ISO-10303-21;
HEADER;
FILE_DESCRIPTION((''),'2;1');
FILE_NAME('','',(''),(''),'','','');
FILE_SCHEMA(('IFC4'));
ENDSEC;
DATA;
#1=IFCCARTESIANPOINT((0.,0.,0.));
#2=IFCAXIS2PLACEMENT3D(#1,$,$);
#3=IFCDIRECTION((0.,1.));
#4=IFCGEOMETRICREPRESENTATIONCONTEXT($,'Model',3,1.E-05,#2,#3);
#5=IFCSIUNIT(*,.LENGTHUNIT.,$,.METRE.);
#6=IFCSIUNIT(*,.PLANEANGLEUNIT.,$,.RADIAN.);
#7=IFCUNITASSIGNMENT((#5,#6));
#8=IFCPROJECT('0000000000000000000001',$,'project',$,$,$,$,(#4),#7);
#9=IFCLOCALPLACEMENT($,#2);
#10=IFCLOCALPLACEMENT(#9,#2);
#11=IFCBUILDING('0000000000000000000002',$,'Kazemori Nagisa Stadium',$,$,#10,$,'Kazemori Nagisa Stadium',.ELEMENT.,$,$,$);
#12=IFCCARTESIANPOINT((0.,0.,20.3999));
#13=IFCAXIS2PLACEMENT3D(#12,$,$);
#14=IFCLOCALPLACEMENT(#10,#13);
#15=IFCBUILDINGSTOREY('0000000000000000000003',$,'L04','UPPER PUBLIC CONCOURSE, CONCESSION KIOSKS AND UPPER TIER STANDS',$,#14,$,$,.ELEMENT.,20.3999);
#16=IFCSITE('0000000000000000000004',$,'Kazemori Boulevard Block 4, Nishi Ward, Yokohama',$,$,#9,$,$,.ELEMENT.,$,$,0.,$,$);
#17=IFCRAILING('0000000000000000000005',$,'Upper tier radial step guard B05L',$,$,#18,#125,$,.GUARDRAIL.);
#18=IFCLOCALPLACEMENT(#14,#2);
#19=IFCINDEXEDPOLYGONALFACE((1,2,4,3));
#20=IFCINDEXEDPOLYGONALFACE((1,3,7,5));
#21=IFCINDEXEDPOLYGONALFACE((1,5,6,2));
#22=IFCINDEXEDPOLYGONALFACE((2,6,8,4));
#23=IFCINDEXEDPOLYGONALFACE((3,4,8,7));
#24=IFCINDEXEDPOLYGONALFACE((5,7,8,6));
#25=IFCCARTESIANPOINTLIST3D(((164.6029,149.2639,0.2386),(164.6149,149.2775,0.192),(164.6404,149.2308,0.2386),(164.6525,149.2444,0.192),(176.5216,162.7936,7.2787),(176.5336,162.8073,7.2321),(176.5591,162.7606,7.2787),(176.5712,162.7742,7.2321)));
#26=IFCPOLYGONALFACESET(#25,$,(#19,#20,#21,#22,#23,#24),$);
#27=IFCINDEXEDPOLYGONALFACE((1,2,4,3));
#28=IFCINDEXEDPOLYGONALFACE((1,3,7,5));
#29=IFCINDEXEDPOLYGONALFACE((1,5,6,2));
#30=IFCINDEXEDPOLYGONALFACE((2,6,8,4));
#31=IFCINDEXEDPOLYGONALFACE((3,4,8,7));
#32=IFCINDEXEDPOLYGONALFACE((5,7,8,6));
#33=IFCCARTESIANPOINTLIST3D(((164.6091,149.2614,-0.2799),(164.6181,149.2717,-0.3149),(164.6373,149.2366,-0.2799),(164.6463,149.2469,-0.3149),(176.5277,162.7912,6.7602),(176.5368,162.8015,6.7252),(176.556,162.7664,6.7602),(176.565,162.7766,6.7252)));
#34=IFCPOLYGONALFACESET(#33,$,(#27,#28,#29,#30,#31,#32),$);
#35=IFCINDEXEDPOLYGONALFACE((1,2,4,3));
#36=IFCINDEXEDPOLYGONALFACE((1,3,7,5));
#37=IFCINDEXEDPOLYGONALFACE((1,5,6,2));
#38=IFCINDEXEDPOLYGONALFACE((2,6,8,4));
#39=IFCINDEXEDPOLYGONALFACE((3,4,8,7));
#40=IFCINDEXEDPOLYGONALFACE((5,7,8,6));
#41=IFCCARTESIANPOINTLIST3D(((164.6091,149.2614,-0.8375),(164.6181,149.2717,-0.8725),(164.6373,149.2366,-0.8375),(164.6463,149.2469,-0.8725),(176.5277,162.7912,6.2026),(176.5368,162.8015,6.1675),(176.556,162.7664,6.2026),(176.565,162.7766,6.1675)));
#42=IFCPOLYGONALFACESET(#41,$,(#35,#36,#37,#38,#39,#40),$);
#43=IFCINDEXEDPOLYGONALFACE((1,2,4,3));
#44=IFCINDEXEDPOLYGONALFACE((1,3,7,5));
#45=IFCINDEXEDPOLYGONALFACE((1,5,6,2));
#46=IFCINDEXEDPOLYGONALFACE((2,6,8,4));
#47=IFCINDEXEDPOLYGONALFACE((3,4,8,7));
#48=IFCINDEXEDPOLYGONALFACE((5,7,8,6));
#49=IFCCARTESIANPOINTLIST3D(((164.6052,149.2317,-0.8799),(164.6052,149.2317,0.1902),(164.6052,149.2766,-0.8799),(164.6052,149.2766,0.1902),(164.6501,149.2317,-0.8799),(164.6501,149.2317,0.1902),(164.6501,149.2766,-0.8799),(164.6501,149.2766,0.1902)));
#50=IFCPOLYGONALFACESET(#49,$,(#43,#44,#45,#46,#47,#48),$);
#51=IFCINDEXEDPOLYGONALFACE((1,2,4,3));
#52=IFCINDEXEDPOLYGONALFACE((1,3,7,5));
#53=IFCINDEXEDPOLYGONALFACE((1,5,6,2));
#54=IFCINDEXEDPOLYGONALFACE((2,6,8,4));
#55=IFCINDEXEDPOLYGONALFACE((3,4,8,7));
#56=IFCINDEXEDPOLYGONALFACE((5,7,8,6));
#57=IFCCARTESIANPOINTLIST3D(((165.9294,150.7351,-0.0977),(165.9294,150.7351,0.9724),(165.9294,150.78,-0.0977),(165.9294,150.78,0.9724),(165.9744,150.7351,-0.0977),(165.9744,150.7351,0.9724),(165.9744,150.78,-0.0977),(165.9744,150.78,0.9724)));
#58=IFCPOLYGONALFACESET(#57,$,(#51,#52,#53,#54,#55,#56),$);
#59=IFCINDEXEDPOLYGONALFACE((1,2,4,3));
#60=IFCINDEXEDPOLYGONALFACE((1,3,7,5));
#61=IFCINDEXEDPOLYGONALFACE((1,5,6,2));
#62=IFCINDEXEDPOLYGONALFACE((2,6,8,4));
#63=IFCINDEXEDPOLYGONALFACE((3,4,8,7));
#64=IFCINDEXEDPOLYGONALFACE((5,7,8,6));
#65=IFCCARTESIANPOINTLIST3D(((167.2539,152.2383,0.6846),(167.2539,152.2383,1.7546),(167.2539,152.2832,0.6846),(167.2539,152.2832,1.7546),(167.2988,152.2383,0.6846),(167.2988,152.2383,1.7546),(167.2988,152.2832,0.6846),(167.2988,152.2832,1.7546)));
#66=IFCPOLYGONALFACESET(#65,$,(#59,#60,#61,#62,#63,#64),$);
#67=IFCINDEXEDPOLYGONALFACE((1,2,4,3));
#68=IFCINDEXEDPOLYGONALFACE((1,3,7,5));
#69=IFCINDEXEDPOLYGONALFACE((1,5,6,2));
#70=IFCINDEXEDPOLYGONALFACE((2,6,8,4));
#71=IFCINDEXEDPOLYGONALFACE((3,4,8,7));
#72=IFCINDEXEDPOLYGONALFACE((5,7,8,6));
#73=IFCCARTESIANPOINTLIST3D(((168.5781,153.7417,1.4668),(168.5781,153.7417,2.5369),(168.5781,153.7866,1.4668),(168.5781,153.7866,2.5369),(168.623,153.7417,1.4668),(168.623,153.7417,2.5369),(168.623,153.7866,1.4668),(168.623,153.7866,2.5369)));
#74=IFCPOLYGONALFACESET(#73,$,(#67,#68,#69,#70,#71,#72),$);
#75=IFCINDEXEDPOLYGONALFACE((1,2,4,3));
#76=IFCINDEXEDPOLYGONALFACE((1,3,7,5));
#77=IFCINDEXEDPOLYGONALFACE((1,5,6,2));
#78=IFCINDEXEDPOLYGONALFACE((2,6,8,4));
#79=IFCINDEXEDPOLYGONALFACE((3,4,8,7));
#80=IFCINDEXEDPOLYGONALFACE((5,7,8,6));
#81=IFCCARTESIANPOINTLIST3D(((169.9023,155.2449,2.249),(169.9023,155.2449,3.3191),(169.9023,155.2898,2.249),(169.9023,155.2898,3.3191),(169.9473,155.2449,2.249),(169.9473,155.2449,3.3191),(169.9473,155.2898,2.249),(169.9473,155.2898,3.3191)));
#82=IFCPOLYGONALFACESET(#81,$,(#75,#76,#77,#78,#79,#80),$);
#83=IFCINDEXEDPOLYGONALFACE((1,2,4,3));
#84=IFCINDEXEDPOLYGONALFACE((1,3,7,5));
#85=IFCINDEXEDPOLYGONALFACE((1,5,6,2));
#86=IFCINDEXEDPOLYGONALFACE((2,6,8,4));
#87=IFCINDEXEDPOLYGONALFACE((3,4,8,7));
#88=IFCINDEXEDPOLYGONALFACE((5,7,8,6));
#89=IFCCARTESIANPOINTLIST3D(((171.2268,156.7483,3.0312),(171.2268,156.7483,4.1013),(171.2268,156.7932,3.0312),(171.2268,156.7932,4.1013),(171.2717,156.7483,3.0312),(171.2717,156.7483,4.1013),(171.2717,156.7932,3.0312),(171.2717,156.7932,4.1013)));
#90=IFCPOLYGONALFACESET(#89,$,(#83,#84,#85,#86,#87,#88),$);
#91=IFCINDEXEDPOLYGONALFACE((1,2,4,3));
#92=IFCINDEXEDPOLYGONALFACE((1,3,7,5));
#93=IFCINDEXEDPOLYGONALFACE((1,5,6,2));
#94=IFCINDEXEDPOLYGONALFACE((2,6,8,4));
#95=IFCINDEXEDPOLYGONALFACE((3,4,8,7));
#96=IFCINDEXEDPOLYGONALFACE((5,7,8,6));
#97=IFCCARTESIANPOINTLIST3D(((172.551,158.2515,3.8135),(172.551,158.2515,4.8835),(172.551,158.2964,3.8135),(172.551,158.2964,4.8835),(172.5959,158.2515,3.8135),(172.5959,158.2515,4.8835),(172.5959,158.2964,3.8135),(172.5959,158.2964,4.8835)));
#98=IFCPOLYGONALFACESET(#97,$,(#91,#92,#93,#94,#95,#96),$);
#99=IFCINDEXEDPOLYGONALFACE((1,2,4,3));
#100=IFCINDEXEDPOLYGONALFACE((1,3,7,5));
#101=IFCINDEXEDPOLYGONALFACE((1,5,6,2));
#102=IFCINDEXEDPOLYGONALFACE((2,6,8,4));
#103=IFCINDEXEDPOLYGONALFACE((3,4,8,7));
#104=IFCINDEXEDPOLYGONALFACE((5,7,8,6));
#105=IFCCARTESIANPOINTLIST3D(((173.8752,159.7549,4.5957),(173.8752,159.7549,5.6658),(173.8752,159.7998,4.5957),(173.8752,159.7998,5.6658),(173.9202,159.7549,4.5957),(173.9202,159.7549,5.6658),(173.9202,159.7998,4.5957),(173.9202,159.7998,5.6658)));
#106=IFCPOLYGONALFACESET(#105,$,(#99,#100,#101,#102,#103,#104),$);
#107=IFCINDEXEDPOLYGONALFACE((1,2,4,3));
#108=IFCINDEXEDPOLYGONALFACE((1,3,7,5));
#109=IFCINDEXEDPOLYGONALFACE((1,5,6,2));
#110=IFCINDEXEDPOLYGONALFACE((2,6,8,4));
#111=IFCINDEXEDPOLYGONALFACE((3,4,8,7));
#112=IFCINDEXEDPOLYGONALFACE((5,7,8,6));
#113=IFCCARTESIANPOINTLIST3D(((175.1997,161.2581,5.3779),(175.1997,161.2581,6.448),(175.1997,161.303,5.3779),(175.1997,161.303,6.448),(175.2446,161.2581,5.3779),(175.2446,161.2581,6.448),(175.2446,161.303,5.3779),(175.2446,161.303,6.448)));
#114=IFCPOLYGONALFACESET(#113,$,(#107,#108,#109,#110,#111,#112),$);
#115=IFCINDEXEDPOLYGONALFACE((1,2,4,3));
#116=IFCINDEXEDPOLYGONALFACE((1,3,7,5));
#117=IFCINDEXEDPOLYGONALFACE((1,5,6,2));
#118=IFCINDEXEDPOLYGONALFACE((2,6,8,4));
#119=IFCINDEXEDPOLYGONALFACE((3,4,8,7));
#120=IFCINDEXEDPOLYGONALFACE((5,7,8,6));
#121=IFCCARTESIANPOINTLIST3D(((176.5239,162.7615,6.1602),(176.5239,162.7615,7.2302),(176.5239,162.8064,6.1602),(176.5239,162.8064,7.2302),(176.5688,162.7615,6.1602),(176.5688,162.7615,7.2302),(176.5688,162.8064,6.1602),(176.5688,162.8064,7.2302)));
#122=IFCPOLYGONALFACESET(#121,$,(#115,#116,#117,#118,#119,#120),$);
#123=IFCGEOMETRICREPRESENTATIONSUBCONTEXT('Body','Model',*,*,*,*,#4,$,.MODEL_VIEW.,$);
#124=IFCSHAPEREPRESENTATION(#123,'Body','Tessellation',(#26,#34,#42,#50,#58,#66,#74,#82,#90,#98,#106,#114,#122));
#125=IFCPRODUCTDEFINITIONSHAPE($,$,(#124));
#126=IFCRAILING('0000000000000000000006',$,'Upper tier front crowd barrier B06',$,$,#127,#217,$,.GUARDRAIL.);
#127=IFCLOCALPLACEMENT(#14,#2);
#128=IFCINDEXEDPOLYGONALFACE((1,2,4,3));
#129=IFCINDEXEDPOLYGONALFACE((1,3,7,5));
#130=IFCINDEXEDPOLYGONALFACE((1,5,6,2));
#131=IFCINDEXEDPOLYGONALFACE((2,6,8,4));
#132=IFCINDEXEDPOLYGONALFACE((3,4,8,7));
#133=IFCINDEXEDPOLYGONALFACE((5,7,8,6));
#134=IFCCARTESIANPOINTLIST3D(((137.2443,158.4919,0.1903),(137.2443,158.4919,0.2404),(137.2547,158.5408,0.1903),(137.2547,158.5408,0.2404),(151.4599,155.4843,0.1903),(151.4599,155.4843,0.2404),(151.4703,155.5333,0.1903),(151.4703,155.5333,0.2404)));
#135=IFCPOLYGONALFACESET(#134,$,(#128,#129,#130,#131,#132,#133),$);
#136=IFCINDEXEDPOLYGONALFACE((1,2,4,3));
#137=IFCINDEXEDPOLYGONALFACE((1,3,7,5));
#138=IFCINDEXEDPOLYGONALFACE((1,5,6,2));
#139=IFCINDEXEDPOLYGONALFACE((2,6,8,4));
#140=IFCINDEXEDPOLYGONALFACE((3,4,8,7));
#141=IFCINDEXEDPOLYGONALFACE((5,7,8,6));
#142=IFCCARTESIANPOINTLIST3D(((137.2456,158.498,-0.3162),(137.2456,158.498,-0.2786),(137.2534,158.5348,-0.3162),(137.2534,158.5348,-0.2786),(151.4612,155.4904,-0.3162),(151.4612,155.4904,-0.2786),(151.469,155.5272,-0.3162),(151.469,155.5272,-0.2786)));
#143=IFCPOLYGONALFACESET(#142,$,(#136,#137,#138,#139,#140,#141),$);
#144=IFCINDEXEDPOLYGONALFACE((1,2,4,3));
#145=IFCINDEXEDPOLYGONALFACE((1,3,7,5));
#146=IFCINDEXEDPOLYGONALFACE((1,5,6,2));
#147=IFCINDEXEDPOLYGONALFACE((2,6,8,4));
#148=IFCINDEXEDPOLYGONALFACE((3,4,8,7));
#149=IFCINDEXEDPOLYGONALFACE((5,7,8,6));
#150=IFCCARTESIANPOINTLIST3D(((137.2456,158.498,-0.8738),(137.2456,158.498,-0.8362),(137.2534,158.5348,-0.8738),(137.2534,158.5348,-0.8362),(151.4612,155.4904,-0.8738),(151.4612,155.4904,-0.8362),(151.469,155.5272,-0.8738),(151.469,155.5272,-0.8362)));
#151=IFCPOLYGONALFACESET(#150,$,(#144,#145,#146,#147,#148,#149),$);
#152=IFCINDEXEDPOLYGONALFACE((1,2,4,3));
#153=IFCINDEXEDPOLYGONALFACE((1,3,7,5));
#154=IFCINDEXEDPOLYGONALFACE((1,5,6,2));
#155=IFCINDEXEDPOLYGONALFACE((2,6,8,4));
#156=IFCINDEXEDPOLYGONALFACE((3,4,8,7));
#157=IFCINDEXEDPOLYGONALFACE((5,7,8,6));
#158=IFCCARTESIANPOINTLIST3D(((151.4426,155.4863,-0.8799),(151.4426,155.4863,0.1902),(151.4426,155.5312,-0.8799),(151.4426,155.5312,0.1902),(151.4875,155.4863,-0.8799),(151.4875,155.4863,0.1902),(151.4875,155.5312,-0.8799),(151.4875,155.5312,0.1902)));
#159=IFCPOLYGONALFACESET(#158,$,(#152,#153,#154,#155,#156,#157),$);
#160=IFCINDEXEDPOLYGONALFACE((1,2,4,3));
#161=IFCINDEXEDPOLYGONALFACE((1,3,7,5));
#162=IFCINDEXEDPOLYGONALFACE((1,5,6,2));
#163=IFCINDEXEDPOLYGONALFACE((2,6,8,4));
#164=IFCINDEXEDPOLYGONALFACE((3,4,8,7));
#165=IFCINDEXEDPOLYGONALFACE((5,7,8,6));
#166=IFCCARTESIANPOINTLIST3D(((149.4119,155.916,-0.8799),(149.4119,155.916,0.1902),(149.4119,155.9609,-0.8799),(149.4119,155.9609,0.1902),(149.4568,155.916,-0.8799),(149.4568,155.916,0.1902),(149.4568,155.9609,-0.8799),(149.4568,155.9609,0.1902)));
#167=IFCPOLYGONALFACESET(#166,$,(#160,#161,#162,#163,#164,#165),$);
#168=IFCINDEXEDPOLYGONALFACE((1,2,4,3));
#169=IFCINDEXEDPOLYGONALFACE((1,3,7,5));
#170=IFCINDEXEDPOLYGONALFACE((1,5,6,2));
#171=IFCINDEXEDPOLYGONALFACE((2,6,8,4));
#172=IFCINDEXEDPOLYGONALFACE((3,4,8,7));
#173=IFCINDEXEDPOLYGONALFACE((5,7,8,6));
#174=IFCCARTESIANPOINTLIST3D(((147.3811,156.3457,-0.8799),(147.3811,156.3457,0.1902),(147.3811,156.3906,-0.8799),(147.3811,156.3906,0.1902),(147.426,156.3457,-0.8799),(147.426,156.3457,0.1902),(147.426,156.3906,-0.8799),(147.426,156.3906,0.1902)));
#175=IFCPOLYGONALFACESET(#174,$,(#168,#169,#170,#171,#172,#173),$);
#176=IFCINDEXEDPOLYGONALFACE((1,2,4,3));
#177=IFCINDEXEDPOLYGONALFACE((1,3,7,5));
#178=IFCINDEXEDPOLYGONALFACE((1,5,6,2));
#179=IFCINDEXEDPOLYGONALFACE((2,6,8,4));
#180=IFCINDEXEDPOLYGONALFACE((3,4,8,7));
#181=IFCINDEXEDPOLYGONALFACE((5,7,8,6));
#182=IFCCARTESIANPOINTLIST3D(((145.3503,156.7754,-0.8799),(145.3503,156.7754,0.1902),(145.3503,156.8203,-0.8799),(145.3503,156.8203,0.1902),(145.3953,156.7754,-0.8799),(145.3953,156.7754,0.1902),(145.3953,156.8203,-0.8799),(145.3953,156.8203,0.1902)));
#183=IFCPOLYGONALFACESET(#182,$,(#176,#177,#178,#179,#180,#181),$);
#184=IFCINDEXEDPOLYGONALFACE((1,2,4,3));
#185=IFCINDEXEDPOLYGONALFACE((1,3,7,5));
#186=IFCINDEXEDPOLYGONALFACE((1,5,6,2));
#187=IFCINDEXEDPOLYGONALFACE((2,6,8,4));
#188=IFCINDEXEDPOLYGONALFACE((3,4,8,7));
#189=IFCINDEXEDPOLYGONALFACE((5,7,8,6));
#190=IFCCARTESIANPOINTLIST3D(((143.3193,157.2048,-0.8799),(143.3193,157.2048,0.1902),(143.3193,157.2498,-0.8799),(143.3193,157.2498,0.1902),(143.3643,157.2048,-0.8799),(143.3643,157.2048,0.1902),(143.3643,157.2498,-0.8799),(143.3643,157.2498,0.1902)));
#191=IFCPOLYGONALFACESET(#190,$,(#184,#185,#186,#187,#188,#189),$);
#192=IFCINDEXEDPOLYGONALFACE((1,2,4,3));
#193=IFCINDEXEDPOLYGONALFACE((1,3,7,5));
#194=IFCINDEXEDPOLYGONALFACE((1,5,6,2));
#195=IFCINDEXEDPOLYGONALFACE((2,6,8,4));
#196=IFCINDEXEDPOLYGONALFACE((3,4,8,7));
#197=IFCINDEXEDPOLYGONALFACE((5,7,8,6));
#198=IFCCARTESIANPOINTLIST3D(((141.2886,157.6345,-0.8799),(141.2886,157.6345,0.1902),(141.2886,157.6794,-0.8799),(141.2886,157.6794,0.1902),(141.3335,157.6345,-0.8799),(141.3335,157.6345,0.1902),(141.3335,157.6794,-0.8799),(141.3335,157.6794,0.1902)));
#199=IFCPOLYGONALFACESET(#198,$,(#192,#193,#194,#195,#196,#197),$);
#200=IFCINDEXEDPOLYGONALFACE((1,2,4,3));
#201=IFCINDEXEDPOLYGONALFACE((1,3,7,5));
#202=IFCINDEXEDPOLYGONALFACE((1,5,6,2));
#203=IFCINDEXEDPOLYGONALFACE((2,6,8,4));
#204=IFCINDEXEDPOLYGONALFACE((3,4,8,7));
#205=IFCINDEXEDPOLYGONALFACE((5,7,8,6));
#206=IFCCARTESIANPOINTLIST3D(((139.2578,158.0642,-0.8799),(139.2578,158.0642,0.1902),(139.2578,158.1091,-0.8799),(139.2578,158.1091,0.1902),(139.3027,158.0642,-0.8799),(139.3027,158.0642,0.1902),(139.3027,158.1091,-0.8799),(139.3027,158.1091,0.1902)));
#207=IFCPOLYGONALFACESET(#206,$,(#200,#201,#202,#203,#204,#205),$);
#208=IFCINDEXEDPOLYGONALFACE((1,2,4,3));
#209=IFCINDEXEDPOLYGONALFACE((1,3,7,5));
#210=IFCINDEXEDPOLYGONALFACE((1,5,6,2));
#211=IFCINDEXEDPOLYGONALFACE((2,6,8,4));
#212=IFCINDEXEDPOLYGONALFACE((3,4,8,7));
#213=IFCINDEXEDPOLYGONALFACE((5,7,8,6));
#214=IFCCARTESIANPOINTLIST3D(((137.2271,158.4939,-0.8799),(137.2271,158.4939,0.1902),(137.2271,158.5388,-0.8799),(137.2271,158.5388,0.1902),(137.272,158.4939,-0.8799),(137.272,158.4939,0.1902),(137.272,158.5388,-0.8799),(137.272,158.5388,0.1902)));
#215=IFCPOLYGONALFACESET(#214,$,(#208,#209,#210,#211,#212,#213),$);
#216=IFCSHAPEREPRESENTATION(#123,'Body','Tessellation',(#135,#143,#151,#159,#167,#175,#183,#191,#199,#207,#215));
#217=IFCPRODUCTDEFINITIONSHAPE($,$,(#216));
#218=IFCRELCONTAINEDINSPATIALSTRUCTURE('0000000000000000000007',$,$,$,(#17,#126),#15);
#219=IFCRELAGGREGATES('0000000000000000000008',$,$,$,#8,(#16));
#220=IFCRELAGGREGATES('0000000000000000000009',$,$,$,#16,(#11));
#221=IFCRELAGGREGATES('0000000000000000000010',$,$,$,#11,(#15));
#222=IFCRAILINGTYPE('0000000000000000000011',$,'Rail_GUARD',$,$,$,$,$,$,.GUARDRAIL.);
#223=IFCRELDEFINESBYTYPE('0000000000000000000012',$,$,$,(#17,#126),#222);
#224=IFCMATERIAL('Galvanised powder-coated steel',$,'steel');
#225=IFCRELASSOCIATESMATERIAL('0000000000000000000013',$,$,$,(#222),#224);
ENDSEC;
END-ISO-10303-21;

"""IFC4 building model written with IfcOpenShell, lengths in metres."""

from ifc_helpers import new_model, si_unit, direction, frame, origin, origin_2d, place, context, subcontext, project, spatial, rectangle, extrude, material, type_object, element, save


model = new_model("IFC4")

# Units and contexts
model_context = context("Model", 3, precision=1e-05, world=origin(), true_north=direction((0.0, 1.0)))
body_context = subcontext(model_context, "Body", "Model", "MODEL_VIEW")
ifc_project = project(units=[si_unit("LENGTHUNIT", "METRE"), si_unit("PLANEANGLEUNIT", "RADIAN")], contexts=[model_context])

# Site, building, storey
site_placement = place(None, origin())
site = spatial("IfcSite", under=ifc_project, at=site_placement, Name="Kazemori Boulevard Block 4, Nishi Ward, Yokohama", CompositionType="ELEMENT", RefElevation=0.0)
building_placement = place(site_placement, origin())
building = spatial("IfcBuilding", under=site, at=building_placement, Name="Kazemori Nagisa Stadium", LongName="Kazemori Nagisa Stadium", CompositionType="ELEMENT")
storey_placement = place(building_placement, frame((0.0, 0.0, 20.3999)))
storey = spatial("IfcBuildingStorey", under=building, at=storey_placement, Name="L04", Description="UPPER PUBLIC CONCOURSE, CONCESSION KIOSKS AND UPPER TIER STANDS", CompositionType="ELEMENT", Elevation=20.3999)

# Railings
ifc_material_1 = material(Name="Galvanised powder-coated steel", Category="steel")
railing_type = type_object("IfcRailingType", Name="Rail_GUARD", PredefinedType="GUARDRAIL", material=ifc_material_1)
railing_1_placement = place(storey_placement, frame((164.6277, 149.2542, -0.8799)))
element("IfcRailing", 1, at=railing_1_placement, inside=storey, type_object=railing_type, Name="Upper tier radial step guard B05L", PredefinedType="GUARDRAIL", context=body_context, shape_type="SweptSolid", body=[
    extrude(rectangle(XDim=0.05, YDim=0.05, at=origin_2d()), frame((0.0, 0.0, 1.0952), z_axis=(0.615748, 0.69898, 0.363705), x_axis=(-0.75037, 0.661018, 0.0)), (0.0, 0.0, 1.0), 19.3564),
    extrude(rectangle(XDim=0.0376, YDim=0.0376, at=origin_2d()), frame((0.0, 0.0, 0.5825), z_axis=(0.615748, 0.69898, 0.363705), x_axis=(-0.75037, 0.661018, 0.0)), (0.0, 0.0, 1.0), 19.3564),
    extrude(rectangle(XDim=0.0376, YDim=0.0376, at=origin_2d()), frame((0.0, 0.0, 0.0249), z_axis=(0.615748, 0.69898, 0.363705), x_axis=(-0.75037, 0.661018, 0.0)), (0.0, 0.0, 1.0), 19.3564),
    extrude(rectangle(XDim=0.0449, YDim=0.0449, at=origin_2d()), origin(), (0.0, 0.0, 1.0), 1.0701),
    extrude(rectangle(XDim=0.0449, YDim=0.0449, at=origin_2d()), frame((1.3242, 1.5034, 0.7822)), (0.0, 0.0, 1.0), 1.0701),
    extrude(rectangle(XDim=0.0449, YDim=0.0449, at=origin_2d()), frame((2.6487, 3.0066, 1.5645)), (0.0, 0.0, 1.0), 1.0701),
    extrude(rectangle(XDim=0.0449, YDim=0.0449, at=origin_2d()), frame((3.9729, 4.51, 2.3467)), (0.0, 0.0, 1.0), 1.0701),
    extrude(rectangle(XDim=0.0449, YDim=0.0449, at=origin_2d()), frame((5.2971, 6.0132, 3.1289)), (0.0, 0.0, 1.0), 1.0701),
    extrude(rectangle(XDim=0.0449, YDim=0.0449, at=origin_2d()), frame((6.6216, 7.5166, 3.9111)), (0.0, 0.0, 1.0), 1.0701),
    extrude(rectangle(XDim=0.0449, YDim=0.0449, at=origin_2d()), frame((7.9458, 9.0198, 4.6934)), (0.0, 0.0, 1.0), 1.0701),
    extrude(rectangle(XDim=0.0449, YDim=0.0449, at=origin_2d()), frame((9.27, 10.5232, 5.4756)), (0.0, 0.0, 1.0), 1.0701),
    extrude(rectangle(XDim=0.0449, YDim=0.0449, at=origin_2d()), frame((10.5945, 12.0264, 6.2578)), (0.0, 0.0, 1.0), 1.0701),
    extrude(rectangle(XDim=0.0449, YDim=0.0449, at=origin_2d()), frame((11.9187, 13.5298, 7.04)), (0.0, 0.0, 1.0), 1.0701),
])
railing_2_placement = place(storey_placement, frame((151.4651, 155.5088, -0.8799)))
element("IfcRailing", 2, at=railing_2_placement, inside=storey, type_object=railing_type, Name="Upper tier front crowd barrier B06", PredefinedType="GUARDRAIL", context=body_context, shape_type="SweptSolid", body=[
    extrude(rectangle(XDim=0.05, YDim=0.05, at=origin_2d()), frame((0.0, 0.0, 1.0952), z_axis=(-0.978344, 0.206987, 0.0), x_axis=(-0.206987, -0.978344, 0.0)), (0.0, 0.0, 1.0), 14.5303),
    extrude(rectangle(XDim=0.0376, YDim=0.0376, at=origin_2d()), frame((0.0, 0.0, 0.5825), z_axis=(-0.978344, 0.206987, 0.0), x_axis=(-0.206987, -0.978344, 0.0)), (0.0, 0.0, 1.0), 14.5303),
    extrude(rectangle(XDim=0.0376, YDim=0.0376, at=origin_2d()), frame((0.0, 0.0, 0.0249), z_axis=(-0.978344, 0.206987, 0.0), x_axis=(-0.206987, -0.978344, 0.0)), (0.0, 0.0, 1.0), 14.5303),
    extrude(rectangle(XDim=0.0449, YDim=0.0449, at=origin_2d()), origin(), (0.0, 0.0, 1.0), 1.0701),
    extrude(rectangle(XDim=0.0449, YDim=0.0449, at=origin_2d()), frame((-2.0308, 0.4297, 0.0)), (0.0, 0.0, 1.0), 1.0701),
    extrude(rectangle(XDim=0.0449, YDim=0.0449, at=origin_2d()), frame((-4.0615, 0.8594, 0.0)), (0.0, 0.0, 1.0), 1.0701),
    extrude(rectangle(XDim=0.0449, YDim=0.0449, at=origin_2d()), frame((-6.0923, 1.2891, 0.0)), (0.0, 0.0, 1.0), 1.0701),
    extrude(rectangle(XDim=0.0449, YDim=0.0449, at=origin_2d()), frame((-8.1233, 1.7185, 0.0)), (0.0, 0.0, 1.0), 1.0701),
    extrude(rectangle(XDim=0.0449, YDim=0.0449, at=origin_2d()), frame((-10.1541, 2.1482, 0.0)), (0.0, 0.0, 1.0), 1.0701),
    extrude(rectangle(XDim=0.0449, YDim=0.0449, at=origin_2d()), frame((-12.1848, 2.5779, 0.0)), (0.0, 0.0, 1.0), 1.0701),
    extrude(rectangle(XDim=0.0449, YDim=0.0449, at=origin_2d()), frame((-14.2156, 3.0076, 0.0)), (0.0, 0.0, 1.0), 1.0701),
])

save(model, "model.ifc")
